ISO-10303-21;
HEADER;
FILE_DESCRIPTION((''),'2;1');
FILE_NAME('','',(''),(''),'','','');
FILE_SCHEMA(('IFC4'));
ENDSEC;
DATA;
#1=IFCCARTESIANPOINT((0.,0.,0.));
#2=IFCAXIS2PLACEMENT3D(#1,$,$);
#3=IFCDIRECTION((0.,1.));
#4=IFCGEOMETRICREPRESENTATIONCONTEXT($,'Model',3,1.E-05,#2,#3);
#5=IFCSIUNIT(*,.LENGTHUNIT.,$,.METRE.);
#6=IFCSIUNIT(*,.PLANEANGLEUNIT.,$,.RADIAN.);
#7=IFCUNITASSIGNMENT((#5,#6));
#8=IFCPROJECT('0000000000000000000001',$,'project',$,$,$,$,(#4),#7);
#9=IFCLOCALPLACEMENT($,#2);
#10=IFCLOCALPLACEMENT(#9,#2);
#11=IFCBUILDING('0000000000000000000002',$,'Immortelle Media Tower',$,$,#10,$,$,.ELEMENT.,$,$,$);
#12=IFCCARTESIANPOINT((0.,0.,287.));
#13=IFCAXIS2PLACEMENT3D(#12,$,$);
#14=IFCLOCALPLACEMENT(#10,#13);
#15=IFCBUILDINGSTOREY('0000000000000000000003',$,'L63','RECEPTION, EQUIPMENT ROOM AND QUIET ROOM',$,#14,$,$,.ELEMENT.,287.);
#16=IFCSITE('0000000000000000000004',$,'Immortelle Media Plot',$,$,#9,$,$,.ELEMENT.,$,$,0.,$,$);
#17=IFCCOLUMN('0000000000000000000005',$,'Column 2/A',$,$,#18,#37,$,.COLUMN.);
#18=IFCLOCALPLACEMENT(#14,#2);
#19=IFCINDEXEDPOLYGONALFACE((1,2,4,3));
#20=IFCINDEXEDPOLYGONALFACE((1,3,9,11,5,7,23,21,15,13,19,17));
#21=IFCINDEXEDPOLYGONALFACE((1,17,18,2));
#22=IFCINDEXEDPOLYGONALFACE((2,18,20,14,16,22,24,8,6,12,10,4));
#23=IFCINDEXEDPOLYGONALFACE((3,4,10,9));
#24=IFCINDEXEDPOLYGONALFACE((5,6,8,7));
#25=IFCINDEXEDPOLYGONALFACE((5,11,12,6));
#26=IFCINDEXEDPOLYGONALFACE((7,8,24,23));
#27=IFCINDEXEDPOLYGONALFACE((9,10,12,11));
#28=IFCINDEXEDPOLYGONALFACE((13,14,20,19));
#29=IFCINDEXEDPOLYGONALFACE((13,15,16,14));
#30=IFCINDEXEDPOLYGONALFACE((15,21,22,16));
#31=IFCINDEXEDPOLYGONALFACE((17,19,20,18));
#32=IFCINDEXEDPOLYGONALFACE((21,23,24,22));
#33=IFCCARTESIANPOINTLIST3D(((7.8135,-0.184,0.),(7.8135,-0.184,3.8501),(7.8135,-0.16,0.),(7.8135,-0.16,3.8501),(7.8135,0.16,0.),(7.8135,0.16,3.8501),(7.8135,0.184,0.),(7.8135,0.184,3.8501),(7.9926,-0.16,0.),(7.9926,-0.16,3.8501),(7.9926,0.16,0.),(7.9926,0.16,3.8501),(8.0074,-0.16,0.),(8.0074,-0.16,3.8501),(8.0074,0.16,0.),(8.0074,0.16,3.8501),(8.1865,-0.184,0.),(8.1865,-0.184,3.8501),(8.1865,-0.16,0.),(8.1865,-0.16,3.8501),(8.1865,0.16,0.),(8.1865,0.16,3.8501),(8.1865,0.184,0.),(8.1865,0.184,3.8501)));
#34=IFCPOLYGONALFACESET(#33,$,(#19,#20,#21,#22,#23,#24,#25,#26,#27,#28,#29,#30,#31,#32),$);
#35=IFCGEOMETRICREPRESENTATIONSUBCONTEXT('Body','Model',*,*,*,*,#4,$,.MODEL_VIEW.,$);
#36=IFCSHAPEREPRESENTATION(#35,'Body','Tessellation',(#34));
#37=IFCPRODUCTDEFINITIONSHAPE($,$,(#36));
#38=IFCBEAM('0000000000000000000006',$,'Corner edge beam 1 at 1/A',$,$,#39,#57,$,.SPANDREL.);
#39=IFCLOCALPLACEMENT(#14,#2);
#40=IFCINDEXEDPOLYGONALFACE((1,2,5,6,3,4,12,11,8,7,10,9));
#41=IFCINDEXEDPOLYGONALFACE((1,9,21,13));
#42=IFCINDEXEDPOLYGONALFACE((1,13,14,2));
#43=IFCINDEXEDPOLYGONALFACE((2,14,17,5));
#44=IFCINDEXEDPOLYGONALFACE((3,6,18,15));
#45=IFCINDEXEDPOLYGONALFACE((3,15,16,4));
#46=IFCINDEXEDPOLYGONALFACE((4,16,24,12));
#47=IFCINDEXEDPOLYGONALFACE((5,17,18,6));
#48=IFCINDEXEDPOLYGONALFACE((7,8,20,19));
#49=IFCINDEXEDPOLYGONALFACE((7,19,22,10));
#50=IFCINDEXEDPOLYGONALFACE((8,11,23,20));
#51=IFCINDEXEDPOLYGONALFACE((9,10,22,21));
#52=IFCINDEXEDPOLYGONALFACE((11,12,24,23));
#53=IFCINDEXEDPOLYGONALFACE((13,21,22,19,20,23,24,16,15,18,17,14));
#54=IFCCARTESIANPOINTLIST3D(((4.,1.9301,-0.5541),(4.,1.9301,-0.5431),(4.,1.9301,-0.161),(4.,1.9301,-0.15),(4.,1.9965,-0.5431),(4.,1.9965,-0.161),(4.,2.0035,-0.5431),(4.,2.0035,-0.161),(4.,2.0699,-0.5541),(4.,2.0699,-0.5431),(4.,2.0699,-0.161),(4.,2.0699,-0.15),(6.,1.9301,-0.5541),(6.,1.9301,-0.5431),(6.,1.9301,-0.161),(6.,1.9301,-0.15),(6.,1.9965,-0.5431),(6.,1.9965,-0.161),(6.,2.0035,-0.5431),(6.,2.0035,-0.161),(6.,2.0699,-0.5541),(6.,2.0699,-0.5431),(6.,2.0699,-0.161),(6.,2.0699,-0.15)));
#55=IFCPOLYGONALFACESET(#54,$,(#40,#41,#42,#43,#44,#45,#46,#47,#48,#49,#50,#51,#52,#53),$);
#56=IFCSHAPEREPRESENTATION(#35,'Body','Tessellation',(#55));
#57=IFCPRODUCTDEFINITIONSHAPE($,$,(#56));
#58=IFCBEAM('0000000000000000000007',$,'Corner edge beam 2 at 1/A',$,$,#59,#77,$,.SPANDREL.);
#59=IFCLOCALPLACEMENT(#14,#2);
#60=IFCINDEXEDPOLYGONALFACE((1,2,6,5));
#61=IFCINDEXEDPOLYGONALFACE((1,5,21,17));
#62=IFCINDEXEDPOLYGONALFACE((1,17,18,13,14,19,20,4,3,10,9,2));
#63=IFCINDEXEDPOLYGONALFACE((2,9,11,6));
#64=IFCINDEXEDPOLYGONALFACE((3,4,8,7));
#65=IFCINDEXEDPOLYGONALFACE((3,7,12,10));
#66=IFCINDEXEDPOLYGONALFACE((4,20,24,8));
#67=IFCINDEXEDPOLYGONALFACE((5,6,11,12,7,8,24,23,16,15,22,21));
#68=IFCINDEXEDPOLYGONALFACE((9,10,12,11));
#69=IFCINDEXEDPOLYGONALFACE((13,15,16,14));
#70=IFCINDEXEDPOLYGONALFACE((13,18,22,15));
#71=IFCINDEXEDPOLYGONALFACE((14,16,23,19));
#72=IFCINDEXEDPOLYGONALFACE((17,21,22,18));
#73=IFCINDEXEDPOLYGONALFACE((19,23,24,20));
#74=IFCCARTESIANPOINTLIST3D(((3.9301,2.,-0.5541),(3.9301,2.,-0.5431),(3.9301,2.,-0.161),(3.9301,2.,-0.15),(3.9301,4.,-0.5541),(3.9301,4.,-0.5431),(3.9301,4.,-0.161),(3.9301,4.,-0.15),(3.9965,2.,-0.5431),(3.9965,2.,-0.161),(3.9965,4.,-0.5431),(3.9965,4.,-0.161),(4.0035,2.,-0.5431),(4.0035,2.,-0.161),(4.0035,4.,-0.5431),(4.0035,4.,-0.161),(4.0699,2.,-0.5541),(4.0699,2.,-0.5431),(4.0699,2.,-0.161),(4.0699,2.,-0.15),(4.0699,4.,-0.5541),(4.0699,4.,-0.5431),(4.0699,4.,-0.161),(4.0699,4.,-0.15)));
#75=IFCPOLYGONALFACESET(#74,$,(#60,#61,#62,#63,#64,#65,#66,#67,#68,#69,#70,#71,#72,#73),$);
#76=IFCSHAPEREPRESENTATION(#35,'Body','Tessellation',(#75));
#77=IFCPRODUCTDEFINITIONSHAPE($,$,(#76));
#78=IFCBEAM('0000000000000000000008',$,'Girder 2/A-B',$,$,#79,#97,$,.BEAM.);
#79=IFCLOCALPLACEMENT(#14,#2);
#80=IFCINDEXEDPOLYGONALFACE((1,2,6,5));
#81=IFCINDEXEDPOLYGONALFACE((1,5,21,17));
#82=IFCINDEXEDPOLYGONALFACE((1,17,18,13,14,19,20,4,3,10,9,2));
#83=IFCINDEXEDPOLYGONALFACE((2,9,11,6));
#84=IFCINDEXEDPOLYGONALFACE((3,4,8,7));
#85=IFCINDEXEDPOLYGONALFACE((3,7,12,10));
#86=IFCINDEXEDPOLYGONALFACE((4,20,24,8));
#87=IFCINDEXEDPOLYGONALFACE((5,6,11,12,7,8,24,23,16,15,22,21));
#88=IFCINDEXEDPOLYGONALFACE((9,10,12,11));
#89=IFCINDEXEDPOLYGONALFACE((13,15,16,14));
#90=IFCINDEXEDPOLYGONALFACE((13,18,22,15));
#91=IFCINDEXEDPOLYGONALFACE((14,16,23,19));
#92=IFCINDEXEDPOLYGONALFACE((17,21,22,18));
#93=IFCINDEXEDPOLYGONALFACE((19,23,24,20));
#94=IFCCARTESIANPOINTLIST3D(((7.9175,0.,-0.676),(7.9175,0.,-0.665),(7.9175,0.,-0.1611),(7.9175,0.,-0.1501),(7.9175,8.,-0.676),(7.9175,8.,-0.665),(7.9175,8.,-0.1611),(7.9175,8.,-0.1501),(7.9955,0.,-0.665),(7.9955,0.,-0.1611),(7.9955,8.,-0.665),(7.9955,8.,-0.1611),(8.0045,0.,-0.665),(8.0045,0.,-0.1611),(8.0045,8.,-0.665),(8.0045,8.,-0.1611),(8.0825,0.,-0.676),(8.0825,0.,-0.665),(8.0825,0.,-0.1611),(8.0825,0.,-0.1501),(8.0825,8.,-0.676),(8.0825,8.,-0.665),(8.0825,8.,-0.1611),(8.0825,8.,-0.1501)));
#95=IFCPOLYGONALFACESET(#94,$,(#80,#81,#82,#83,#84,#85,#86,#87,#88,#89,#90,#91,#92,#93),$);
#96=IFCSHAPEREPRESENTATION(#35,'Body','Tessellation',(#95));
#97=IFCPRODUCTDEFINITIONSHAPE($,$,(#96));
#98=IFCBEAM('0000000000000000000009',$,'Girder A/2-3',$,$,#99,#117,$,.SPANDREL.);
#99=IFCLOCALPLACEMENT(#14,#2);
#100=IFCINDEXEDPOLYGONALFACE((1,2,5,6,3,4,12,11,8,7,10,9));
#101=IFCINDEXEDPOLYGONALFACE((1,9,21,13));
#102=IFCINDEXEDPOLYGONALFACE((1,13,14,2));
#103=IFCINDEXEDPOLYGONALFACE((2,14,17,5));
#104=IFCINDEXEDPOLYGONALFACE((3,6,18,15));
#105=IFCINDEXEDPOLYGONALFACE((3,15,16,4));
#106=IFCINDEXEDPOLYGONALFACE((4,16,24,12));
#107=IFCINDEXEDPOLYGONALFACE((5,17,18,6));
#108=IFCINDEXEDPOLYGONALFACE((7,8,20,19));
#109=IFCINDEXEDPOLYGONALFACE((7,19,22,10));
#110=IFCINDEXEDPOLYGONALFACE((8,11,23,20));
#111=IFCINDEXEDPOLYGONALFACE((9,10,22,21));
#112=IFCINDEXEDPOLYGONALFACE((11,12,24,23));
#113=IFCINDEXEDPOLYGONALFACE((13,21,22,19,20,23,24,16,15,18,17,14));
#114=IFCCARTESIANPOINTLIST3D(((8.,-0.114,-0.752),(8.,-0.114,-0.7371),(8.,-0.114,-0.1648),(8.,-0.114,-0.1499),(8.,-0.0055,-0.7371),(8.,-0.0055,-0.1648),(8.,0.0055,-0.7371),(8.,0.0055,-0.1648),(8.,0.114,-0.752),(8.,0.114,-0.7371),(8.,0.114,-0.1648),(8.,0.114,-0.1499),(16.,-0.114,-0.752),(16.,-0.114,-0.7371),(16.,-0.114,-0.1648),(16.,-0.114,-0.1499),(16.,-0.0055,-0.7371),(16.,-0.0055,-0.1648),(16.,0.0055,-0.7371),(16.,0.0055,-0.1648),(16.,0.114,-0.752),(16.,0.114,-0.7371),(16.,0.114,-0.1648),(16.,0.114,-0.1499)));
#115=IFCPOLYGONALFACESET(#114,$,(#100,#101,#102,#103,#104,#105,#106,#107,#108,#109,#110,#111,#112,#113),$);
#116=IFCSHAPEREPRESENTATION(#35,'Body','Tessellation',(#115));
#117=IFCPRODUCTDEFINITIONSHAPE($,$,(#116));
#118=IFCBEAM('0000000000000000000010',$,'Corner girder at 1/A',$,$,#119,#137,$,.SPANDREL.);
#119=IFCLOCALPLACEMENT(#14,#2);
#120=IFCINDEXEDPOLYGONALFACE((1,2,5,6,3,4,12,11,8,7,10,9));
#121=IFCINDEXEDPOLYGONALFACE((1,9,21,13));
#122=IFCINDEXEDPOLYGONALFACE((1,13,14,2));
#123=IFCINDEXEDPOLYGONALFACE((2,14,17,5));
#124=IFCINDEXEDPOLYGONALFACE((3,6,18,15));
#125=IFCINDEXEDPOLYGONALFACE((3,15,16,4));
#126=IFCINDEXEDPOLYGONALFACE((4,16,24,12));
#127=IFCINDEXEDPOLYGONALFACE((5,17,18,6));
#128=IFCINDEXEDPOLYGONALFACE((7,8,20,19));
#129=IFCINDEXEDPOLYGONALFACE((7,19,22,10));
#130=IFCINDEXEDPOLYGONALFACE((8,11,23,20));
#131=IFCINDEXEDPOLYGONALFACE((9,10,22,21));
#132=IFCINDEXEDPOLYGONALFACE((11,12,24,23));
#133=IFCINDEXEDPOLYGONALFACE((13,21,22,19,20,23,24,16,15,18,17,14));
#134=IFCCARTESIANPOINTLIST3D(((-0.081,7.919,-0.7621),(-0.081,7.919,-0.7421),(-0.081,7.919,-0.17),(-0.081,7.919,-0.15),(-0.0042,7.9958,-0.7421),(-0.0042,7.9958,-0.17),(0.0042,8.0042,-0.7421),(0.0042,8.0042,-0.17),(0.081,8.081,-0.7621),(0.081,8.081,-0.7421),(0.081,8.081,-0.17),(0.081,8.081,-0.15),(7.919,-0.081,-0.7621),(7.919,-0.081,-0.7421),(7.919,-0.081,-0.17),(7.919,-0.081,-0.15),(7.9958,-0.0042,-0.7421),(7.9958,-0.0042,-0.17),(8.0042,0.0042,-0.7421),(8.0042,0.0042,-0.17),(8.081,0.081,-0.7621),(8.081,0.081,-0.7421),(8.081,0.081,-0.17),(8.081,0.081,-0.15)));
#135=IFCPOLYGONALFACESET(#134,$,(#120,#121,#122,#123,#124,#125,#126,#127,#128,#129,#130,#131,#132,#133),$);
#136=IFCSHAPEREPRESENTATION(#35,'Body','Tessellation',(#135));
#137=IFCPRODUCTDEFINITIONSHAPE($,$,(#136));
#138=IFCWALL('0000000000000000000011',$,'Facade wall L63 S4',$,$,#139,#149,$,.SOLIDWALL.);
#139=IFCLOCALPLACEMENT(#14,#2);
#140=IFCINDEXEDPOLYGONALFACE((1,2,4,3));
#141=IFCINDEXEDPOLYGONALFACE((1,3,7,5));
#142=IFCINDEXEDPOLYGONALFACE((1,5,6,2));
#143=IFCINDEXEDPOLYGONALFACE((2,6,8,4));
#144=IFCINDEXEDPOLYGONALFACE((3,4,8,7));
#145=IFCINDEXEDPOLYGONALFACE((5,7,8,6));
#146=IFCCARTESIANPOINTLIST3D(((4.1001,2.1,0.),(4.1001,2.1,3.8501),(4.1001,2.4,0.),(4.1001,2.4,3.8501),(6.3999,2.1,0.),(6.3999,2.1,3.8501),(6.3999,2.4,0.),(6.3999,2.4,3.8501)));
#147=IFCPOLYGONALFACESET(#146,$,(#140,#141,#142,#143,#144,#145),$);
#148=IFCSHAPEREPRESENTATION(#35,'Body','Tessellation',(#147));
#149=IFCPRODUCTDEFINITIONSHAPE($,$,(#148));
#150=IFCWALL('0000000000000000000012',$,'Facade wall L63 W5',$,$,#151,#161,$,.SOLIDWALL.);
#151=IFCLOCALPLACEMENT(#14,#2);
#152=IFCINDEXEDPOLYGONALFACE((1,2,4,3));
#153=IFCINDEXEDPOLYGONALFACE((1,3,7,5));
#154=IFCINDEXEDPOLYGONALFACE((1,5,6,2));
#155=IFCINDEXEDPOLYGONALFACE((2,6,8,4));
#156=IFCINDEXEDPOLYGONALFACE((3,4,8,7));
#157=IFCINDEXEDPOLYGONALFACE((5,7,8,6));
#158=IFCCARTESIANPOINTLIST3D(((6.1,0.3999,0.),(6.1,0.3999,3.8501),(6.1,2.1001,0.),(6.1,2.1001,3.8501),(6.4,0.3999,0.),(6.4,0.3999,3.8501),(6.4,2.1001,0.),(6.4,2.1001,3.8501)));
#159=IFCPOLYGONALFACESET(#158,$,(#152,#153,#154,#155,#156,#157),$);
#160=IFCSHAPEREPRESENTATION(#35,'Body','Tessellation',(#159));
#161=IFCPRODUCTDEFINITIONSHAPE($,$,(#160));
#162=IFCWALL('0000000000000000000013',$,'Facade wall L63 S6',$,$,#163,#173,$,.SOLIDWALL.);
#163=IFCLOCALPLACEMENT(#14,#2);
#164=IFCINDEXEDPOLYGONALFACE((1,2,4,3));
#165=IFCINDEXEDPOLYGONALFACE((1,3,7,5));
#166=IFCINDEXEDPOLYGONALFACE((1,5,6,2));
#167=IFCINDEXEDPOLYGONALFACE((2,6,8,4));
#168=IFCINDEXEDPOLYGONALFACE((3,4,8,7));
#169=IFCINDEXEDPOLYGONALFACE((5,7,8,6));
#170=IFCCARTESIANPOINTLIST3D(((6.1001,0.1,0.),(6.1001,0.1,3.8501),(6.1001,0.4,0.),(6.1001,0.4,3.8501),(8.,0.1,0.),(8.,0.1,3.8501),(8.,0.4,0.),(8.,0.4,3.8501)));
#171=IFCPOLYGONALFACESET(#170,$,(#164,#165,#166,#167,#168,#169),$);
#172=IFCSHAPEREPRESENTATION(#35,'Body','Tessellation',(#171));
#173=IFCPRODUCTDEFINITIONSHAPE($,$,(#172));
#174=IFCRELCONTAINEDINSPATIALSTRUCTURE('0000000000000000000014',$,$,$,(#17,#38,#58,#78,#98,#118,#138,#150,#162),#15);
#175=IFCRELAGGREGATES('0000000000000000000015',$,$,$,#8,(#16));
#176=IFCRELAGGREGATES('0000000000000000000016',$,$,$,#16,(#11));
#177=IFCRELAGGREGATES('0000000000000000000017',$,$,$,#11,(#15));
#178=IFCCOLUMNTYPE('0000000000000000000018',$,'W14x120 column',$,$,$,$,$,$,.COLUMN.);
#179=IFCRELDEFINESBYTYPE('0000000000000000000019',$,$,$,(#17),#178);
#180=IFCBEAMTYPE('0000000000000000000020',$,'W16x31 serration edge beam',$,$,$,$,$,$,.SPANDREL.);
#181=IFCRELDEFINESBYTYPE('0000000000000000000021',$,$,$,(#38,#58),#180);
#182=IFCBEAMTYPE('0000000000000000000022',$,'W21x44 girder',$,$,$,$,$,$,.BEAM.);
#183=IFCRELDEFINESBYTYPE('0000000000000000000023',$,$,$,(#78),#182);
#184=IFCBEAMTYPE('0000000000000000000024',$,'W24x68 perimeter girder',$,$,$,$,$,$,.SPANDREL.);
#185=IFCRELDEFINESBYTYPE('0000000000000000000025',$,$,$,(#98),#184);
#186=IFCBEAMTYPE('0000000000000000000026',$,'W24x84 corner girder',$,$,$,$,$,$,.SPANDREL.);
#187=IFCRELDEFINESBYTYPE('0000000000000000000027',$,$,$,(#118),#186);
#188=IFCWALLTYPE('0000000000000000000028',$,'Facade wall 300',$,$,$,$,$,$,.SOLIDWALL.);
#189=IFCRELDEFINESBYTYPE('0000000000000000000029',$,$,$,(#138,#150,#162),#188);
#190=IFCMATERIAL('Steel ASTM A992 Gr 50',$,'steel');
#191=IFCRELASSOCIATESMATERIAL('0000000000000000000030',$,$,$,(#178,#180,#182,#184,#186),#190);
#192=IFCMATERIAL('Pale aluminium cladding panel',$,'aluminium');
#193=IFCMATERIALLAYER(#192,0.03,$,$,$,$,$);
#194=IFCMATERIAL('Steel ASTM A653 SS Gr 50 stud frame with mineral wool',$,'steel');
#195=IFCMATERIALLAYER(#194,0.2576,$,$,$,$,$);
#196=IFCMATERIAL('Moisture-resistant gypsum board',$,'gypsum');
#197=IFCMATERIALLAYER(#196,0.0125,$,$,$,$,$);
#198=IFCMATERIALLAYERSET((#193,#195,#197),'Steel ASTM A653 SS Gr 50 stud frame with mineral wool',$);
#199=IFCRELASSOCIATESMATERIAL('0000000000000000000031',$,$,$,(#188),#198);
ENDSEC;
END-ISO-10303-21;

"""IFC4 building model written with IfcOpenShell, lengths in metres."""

from ifc_helpers import new_model, si_unit, direction, frame, frame_2d, origin, origin_2d, place, context, subcontext, project, spatial, rectangle, i_section, extrude, material, layer, layer_set, material_profile, profile_set, type_object, element, save


model = new_model("IFC4")

# Units and contexts
model_context = context("Model", 3, precision=1e-05, world=origin(), true_north=direction((0.0, 1.0)))
body_context = subcontext(model_context, "Body", "Model", "MODEL_VIEW")
ifc_project = project(units=[si_unit("LENGTHUNIT", "METRE"), si_unit("PLANEANGLEUNIT", "RADIAN")], contexts=[model_context])

# Site, building, storey
site_placement = place(None, origin())
site = spatial("IfcSite", under=ifc_project, at=site_placement, Name="Immortelle Media Plot", CompositionType="ELEMENT", RefElevation=0.0)
building_placement = place(site_placement, origin())
building = spatial("IfcBuilding", under=site, at=building_placement, Name="Immortelle Media Tower", CompositionType="ELEMENT")
storey_placement = place(building_placement, frame((0.0, 0.0, 287.0)))
storey = spatial("IfcBuildingStorey", under=building, at=storey_placement, Name="L63", Description="RECEPTION, EQUIPMENT ROOM AND QUIET ROOM", CompositionType="ELEMENT", Elevation=287.0)

# Column
ifc_material_1 = material(Name="Steel ASTM A992 Gr 50", Category="steel")
ifc_material_profile_1 = material_profile(ifc_material_1, i_section(OverallWidth=0.373, OverallDepth=0.3679, WebThickness=0.0149, FlangeThickness=0.0239, at=origin_2d()), Name="W14x120")
ifc_profile_set_1 = profile_set([ifc_material_profile_1], Name="Steel ASTM A992 Gr 50")
column_type = type_object("IfcColumnType", Name="W14x120 column", PredefinedType="COLUMN", material=ifc_profile_set_1)
column_placement = place(storey_placement, frame((8.0, 0.0, 0.0), z_axis=(0.0, 0.0, 1.0), x_axis=(1.0, 0.0, 0.0)))
element("IfcColumn", 1, at=column_placement, inside=storey, type_object=column_type, Name="Column 2/A", PredefinedType="COLUMN", context=body_context, shape_type="SweptSolid", body=[
    extrude(i_section(OverallWidth=0.373, OverallDepth=0.3679, WebThickness=0.0149, FlangeThickness=0.0239, at=origin_2d()), origin(), (0.0, 0.0, 1.0), 3.8501),
])

# Beams
ifc_material_profile_2 = material_profile(ifc_material_1, i_section(OverallWidth=0.1399, OverallDepth=0.4041, WebThickness=0.0071, FlangeThickness=0.011, at=origin_2d()), Name="W16x31")
ifc_profile_set_2 = profile_set([ifc_material_profile_2], Name="Steel ASTM A992 Gr 50")
beam_type_1 = type_object("IfcBeamType", Name="W16x31 serration edge beam", PredefinedType="SPANDREL", material=ifc_profile_set_2)
for number, where, z_axis, x_axis, name in (
    (2, (6.0, 2.0, -0.3521), (-1.0, 0.0, 0.0), (0.0, -1.0, 0.0), "Corner edge beam 1 at 1/A"),
    (3, (4.0, 2.0, -0.3521), (0.0, 1.0, 0.0), (-1.0, 0.0, 0.0), "Corner edge beam 2 at 1/A"),
):
    element("IfcBeam", number, at=place(storey_placement, frame(where, z_axis=z_axis, x_axis=x_axis)), inside=storey, type_object=beam_type_1, Name=name, PredefinedType="SPANDREL", context=body_context, shape_type="SweptSolid", body=[
        extrude(i_section(OverallWidth=0.1399, OverallDepth=0.4041, WebThickness=0.0071, FlangeThickness=0.011, at=origin_2d()), origin(), (0.0, 0.0, 1.0), 2.0),
    ])
ifc_material_profile_3 = material_profile(ifc_material_1, i_section(OverallWidth=0.165, OverallDepth=0.5259, WebThickness=0.009, FlangeThickness=0.011, at=origin_2d()), Name="W21x44")
ifc_profile_set_3 = profile_set([ifc_material_profile_3], Name="Steel ASTM A992 Gr 50")
beam_type_2 = type_object("IfcBeamType", Name="W21x44 girder", PredefinedType="BEAM", material=ifc_profile_set_3)
beam_1_placement = place(storey_placement, frame((8.0, 0.0, -0.4131), z_axis=(0.0, 1.0, 0.0), x_axis=(-1.0, 0.0, 0.0)))
element("IfcBeam", 4, at=beam_1_placement, inside=storey, type_object=beam_type_2, Name="Girder 2/A-B", PredefinedType="BEAM", context=body_context, shape_type="SweptSolid", body=[
    extrude(i_section(OverallWidth=0.165, OverallDepth=0.5259, WebThickness=0.009, FlangeThickness=0.011, at=origin_2d()), origin(), (0.0, 0.0, 1.0), 8.0),
])
ifc_material_profile_4 = material_profile(ifc_material_1, i_section(OverallWidth=0.228, OverallDepth=0.6021, WebThickness=0.011, FlangeThickness=0.0149, at=origin_2d()), Name="W24x68")
ifc_profile_set_4 = profile_set([ifc_material_profile_4], Name="Steel ASTM A992 Gr 50")
beam_type_3 = type_object("IfcBeamType", Name="W24x68 perimeter girder", PredefinedType="SPANDREL", material=ifc_profile_set_4)
beam_2_placement = place(storey_placement, frame((8.0, 0.0, -0.4509), z_axis=(1.0, 0.0, 0.0), x_axis=(0.0, 1.0, 0.0)))
element("IfcBeam", 5, at=beam_2_placement, inside=storey, type_object=beam_type_3, Name="Girder A/2-3", PredefinedType="SPANDREL", context=body_context, shape_type="SweptSolid", body=[
    extrude(i_section(OverallWidth=0.228, OverallDepth=0.6021, WebThickness=0.011, FlangeThickness=0.0149, at=origin_2d()), origin(), (0.0, 0.0, 1.0), 8.0),
])
ifc_material_profile_5 = material_profile(ifc_material_1, i_section(OverallWidth=0.229, OverallDepth=0.6121, WebThickness=0.012, FlangeThickness=0.02, at=origin_2d()), Name="W24x84")
ifc_profile_set_5 = profile_set([ifc_material_profile_5], Name="Steel ASTM A992 Gr 50")
beam_type_4 = type_object("IfcBeamType", Name="W24x84 corner girder", PredefinedType="SPANDREL", material=ifc_profile_set_5)
beam_3_placement = place(storey_placement, frame((8.0, 0.0, -0.4561), z_axis=(-0.707107, 0.707107, 0.0), x_axis=(-0.707107, -0.707107, 0.0)))
element("IfcBeam", 6, at=beam_3_placement, inside=storey, type_object=beam_type_4, Name="Corner girder at 1/A", PredefinedType="SPANDREL", context=body_context, shape_type="SweptSolid", body=[
    extrude(i_section(OverallWidth=0.229, OverallDepth=0.6121, WebThickness=0.012, FlangeThickness=0.02, at=origin_2d()), origin(), (0.0, 0.0, 1.0), 11.3137),
])

# Walls
ifc_material_2 = material(Name="Pale aluminium cladding panel", Category="aluminium")
ifc_layer_1 = layer(ifc_material_2, 0.03)
ifc_material_3 = material(Name="Steel ASTM A653 SS Gr 50 stud frame with mineral wool", Category="steel")
ifc_layer_2 = layer(ifc_material_3, 0.2576)
ifc_material_4 = material(Name="Moisture-resistant gypsum board", Category="gypsum")
ifc_layer_3 = layer(ifc_material_4, 0.0125)
ifc_layer_set = layer_set([ifc_layer_1, ifc_layer_2, ifc_layer_3], Name="Steel ASTM A653 SS Gr 50 stud frame with mineral wool")
wall_type = type_object("IfcWallType", Name="Facade wall 300", PredefinedType="SOLIDWALL", material=ifc_layer_set)
wall_1_placement = place(storey_placement, frame((4.1001, 2.25, 0.0), z_axis=(0.0, 0.0, 1.0), x_axis=(1.0, 0.0, 0.0)))
element("IfcWall", 7, at=wall_1_placement, inside=storey, type_object=wall_type, Name="Facade wall L63 S4", PredefinedType="SOLIDWALL", context=body_context, shape_type="SweptSolid", body=[
    extrude(rectangle(XDim=2.2998, YDim=0.3, at=frame_2d((1.1499, 0.0))), origin(), (0.0, 0.0, 1.0), 3.8501),
])
wall_2_placement = place(storey_placement, frame((6.25, 2.1001, 0.0), z_axis=(0.0, 0.0, 1.0), x_axis=(0.0, -1.0, 0.0)))
element("IfcWall", 8, at=wall_2_placement, inside=storey, type_object=wall_type, Name="Facade wall L63 W5", PredefinedType="SOLIDWALL", context=body_context, shape_type="SweptSolid", body=[
    extrude(rectangle(XDim=1.7002, YDim=0.3, at=frame_2d((0.8501, 0.0))), origin(), (0.0, 0.0, 1.0), 3.8501),
])
wall_3_placement = place(storey_placement, frame((6.1001, 0.25, 0.0), z_axis=(0.0, 0.0, 1.0), x_axis=(1.0, 0.0, 0.0)))
element("IfcWall", 9, at=wall_3_placement, inside=storey, type_object=wall_type, Name="Facade wall L63 S6", PredefinedType="SOLIDWALL", context=body_context, shape_type="SweptSolid", body=[
    extrude(rectangle(XDim=1.8999, YDim=0.3, at=frame_2d((0.95, 0.0))), origin(), (0.0, 0.0, 1.0), 3.8501),
])

save(model, "model.ifc")
